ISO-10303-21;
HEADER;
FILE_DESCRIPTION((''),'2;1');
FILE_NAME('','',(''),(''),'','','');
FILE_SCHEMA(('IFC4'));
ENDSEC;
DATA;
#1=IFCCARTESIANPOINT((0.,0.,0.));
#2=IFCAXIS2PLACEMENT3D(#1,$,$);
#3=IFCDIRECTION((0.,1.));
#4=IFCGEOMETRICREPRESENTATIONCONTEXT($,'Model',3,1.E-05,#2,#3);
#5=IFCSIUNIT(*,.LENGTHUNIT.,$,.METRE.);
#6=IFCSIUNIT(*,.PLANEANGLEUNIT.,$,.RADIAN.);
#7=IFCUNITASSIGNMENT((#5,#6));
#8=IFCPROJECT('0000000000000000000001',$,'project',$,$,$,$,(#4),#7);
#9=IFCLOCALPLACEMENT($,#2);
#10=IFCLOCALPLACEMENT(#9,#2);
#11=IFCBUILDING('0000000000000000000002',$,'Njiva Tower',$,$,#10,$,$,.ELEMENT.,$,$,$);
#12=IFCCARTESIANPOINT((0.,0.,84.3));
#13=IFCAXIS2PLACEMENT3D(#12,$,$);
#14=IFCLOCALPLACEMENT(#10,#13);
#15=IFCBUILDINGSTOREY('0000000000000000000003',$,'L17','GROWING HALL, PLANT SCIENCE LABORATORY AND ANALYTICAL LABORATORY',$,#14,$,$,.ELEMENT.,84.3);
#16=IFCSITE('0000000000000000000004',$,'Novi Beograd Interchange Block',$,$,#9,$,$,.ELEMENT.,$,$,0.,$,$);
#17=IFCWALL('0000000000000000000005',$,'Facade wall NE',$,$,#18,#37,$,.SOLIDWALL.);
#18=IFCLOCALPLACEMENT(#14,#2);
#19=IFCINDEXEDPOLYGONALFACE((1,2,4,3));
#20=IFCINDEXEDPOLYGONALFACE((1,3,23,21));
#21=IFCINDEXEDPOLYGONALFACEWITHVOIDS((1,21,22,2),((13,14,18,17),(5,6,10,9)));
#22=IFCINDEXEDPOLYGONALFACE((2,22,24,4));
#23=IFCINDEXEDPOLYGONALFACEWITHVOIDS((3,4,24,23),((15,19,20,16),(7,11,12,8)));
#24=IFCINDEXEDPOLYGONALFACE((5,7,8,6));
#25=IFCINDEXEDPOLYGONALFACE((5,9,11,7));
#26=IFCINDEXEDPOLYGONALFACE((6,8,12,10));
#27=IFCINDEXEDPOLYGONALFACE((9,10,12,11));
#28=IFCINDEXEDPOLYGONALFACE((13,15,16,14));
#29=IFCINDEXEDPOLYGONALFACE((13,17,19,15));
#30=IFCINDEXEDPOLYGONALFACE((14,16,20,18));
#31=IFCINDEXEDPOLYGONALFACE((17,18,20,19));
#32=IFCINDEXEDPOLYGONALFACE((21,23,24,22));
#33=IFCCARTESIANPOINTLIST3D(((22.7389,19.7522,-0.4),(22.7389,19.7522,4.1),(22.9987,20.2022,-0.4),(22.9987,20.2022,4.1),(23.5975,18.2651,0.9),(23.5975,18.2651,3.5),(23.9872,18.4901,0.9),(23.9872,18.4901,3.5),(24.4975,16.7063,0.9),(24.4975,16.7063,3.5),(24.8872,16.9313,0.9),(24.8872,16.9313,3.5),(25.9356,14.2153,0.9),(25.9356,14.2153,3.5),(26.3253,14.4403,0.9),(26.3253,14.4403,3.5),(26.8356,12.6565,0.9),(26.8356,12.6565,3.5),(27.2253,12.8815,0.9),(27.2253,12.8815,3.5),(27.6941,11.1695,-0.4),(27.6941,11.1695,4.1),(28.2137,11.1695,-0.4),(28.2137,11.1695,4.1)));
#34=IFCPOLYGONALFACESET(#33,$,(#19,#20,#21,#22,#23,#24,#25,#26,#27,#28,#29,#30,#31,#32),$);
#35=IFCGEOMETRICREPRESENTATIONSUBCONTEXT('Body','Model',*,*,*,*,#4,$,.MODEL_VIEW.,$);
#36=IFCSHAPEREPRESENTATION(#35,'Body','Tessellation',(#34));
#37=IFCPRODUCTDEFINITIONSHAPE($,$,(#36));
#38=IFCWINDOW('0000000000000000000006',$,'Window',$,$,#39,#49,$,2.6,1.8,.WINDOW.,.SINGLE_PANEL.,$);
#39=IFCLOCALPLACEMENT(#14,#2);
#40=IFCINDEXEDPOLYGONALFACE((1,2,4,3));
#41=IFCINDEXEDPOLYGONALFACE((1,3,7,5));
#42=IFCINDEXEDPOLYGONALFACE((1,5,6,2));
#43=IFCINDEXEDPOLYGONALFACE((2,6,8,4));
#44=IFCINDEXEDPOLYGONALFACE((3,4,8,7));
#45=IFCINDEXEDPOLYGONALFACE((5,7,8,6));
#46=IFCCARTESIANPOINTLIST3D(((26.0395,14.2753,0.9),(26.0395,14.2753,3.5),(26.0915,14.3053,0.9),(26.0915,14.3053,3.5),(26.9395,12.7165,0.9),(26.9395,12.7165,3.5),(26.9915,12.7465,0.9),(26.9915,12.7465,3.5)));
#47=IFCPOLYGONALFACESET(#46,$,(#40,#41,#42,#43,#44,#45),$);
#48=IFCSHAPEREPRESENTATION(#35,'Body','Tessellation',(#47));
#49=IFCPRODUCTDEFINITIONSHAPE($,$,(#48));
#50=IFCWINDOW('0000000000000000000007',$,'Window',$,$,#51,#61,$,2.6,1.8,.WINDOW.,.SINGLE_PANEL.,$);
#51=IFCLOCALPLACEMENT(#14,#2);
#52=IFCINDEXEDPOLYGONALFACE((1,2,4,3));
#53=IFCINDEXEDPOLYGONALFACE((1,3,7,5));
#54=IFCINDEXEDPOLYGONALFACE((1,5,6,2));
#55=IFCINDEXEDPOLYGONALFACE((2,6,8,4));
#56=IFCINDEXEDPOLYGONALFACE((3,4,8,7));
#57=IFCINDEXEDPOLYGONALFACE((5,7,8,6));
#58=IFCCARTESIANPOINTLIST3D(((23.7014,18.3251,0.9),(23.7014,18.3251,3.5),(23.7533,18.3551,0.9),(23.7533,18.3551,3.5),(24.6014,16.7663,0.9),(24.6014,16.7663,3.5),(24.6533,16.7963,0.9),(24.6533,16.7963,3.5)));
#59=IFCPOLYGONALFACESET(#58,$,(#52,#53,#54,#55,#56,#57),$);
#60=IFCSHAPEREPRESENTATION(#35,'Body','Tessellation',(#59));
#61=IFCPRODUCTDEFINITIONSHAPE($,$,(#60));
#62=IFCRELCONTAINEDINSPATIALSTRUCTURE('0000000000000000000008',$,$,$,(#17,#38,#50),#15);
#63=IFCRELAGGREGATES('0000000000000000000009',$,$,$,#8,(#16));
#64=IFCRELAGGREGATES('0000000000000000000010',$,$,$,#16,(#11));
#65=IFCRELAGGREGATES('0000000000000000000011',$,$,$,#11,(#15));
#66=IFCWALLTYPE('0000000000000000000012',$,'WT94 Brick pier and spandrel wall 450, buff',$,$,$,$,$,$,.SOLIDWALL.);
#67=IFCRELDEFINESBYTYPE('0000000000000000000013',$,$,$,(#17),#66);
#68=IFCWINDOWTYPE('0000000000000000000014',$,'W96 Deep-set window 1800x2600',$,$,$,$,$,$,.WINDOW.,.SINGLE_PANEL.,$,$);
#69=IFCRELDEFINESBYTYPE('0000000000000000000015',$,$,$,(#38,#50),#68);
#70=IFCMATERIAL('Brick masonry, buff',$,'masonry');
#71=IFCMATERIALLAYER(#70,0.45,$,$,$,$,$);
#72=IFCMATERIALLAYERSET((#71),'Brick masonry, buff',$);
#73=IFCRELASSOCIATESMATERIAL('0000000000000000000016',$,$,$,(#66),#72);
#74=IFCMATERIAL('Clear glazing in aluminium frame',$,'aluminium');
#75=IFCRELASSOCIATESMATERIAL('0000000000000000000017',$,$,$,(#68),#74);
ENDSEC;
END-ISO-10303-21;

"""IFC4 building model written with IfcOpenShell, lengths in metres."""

from ifc_helpers import new_model, si_unit, direction, frame, frame_2d, origin, place, context, subcontext, project, spatial, polyline, rectangle, outline, extrude, material, layer, layer_set, type_object, element, fill, save


model = new_model("IFC4")

# Units and contexts
model_context = context("Model", 3, precision=1e-05, world=origin(), true_north=direction((0.0, 1.0)))
body_context = subcontext(model_context, "Body", "Model", "MODEL_VIEW")
ifc_project = project(units=[si_unit("LENGTHUNIT", "METRE"), si_unit("PLANEANGLEUNIT", "RADIAN")], contexts=[model_context])

# Site, building, storey
site_placement = place(None, origin())
site = spatial("IfcSite", under=ifc_project, at=site_placement, Name="Novi Beograd Interchange Block", CompositionType="ELEMENT", RefElevation=0.0)
building_placement = place(site_placement, origin())
building = spatial("IfcBuilding", under=site, at=building_placement, Name="Njiva Tower", CompositionType="ELEMENT")
storey_placement = place(building_placement, frame((0.0, 0.0, 84.3)))
storey = spatial("IfcBuildingStorey", under=building, at=storey_placement, Name="L17", Description="GROWING HALL, PLANT SCIENCE LABORATORY AND ANALYTICAL LABORATORY", CompositionType="ELEMENT", Elevation=84.3)

# Wall, openings, windows
ifc_material_1 = material(Name="Clear glazing in aluminium frame", Category="aluminium")
ifc_material_2 = material(Name="Brick masonry, buff", Category="masonry")
ifc_layer_1 = layer(ifc_material_2, 0.45)
ifc_layer_set_1 = layer_set([ifc_layer_1], Name="Brick masonry, buff")
wall_type_1 = type_object("IfcWallType", Name="WT94 Brick pier and spandrel wall 450, buff", PredefinedType="SOLIDWALL", material=ifc_layer_set_1)
wall_1_placement = place(storey_placement, frame((27.9539, 11.1695, -0.4), z_axis=(0.0, 0.0, 1.0), x_axis=(-0.499998, 0.866027, 0.0)))
wall_1 = element("IfcWall", 1, at=wall_1_placement, inside=storey, type_object=wall_type_1, Name="Facade wall NE", PredefinedType="SOLIDWALL", context=body_context, shape_type="SweptSolid", body=[
    extrude(outline(polyline([(-0.1299, -0.225), (10.3001, -0.225), (10.0403, 0.225), (0.1299, 0.225), (-0.1299, -0.225)])), origin(), (0.0, 0.0, 1.0), 4.5),
])
opening_1_placement = place(wall_1_placement, frame((1.8469, 0.0, 1.3)))
opening_1 = element("IfcOpeningElement", 2, at=opening_1_placement, cuts=wall_1, PredefinedType="OPENING", context=body_context, shape_type="SweptSolid", body=[
    extrude(rectangle(XDim=1.8, YDim=2.6, at=frame_2d((0.9, 1.3))), frame((0.0, 0.235, 0.0), z_axis=(0.0, -1.0, 0.0), x_axis=(1.0, 0.0, 0.0)), (0.0, 0.0, 1.0), 0.47),
])
opening_2_placement = place(wall_1_placement, frame((6.5232, 0.0, 1.3)))
opening_2 = element("IfcOpeningElement", 3, at=opening_2_placement, cuts=wall_1, PredefinedType="OPENING", context=body_context, shape_type="SweptSolid", body=[
    extrude(rectangle(XDim=1.8, YDim=2.6, at=frame_2d((0.9, 1.3))), frame((0.0, 0.235, 0.0), z_axis=(0.0, -1.0, 0.0), x_axis=(1.0, 0.0, 0.0)), (0.0, 0.0, 1.0), 0.47),
])
window_type_1 = type_object("IfcWindowType", Name="W96 Deep-set window 1800x2600", PartitioningType="SINGLE_PANEL", PredefinedType="WINDOW", material=ifc_material_1)
window_1_placement = place(opening_1_placement, origin())
window_1 = element("IfcWindow", 4, at=window_1_placement, inside=storey, type_object=window_type_1, Name="Window", OverallHeight=2.6, OverallWidth=1.8, PartitioningType="SINGLE_PANEL", PredefinedType="WINDOW", context=body_context, shape_type="SweptSolid", body=[
    extrude(rectangle(XDim=1.8, YDim=2.6, at=frame_2d((0.9, 1.3))), frame((0.0, 0.105, 0.0), z_axis=(0.0, -1.0, 0.0), x_axis=(1.0, 0.0, 0.0)), (0.0, 0.0, 1.0), 0.06),
])
fill(opening_1, window_1)
window_2_placement = place(opening_2_placement, origin())
window_2 = element("IfcWindow", 5, at=window_2_placement, inside=storey, type_object=window_type_1, Name="Window", OverallHeight=2.6, OverallWidth=1.8, PartitioningType="SINGLE_PANEL", PredefinedType="WINDOW", context=body_context, shape_type="SweptSolid", body=[
    extrude(rectangle(XDim=1.8, YDim=2.6, at=frame_2d((0.9, 1.3))), frame((0.0, 0.105, 0.0), z_axis=(0.0, -1.0, 0.0), x_axis=(1.0, 0.0, 0.0)), (0.0, 0.0, 1.0), 0.06),
])
fill(opening_2, window_2)

save(model, "model.ifc")
